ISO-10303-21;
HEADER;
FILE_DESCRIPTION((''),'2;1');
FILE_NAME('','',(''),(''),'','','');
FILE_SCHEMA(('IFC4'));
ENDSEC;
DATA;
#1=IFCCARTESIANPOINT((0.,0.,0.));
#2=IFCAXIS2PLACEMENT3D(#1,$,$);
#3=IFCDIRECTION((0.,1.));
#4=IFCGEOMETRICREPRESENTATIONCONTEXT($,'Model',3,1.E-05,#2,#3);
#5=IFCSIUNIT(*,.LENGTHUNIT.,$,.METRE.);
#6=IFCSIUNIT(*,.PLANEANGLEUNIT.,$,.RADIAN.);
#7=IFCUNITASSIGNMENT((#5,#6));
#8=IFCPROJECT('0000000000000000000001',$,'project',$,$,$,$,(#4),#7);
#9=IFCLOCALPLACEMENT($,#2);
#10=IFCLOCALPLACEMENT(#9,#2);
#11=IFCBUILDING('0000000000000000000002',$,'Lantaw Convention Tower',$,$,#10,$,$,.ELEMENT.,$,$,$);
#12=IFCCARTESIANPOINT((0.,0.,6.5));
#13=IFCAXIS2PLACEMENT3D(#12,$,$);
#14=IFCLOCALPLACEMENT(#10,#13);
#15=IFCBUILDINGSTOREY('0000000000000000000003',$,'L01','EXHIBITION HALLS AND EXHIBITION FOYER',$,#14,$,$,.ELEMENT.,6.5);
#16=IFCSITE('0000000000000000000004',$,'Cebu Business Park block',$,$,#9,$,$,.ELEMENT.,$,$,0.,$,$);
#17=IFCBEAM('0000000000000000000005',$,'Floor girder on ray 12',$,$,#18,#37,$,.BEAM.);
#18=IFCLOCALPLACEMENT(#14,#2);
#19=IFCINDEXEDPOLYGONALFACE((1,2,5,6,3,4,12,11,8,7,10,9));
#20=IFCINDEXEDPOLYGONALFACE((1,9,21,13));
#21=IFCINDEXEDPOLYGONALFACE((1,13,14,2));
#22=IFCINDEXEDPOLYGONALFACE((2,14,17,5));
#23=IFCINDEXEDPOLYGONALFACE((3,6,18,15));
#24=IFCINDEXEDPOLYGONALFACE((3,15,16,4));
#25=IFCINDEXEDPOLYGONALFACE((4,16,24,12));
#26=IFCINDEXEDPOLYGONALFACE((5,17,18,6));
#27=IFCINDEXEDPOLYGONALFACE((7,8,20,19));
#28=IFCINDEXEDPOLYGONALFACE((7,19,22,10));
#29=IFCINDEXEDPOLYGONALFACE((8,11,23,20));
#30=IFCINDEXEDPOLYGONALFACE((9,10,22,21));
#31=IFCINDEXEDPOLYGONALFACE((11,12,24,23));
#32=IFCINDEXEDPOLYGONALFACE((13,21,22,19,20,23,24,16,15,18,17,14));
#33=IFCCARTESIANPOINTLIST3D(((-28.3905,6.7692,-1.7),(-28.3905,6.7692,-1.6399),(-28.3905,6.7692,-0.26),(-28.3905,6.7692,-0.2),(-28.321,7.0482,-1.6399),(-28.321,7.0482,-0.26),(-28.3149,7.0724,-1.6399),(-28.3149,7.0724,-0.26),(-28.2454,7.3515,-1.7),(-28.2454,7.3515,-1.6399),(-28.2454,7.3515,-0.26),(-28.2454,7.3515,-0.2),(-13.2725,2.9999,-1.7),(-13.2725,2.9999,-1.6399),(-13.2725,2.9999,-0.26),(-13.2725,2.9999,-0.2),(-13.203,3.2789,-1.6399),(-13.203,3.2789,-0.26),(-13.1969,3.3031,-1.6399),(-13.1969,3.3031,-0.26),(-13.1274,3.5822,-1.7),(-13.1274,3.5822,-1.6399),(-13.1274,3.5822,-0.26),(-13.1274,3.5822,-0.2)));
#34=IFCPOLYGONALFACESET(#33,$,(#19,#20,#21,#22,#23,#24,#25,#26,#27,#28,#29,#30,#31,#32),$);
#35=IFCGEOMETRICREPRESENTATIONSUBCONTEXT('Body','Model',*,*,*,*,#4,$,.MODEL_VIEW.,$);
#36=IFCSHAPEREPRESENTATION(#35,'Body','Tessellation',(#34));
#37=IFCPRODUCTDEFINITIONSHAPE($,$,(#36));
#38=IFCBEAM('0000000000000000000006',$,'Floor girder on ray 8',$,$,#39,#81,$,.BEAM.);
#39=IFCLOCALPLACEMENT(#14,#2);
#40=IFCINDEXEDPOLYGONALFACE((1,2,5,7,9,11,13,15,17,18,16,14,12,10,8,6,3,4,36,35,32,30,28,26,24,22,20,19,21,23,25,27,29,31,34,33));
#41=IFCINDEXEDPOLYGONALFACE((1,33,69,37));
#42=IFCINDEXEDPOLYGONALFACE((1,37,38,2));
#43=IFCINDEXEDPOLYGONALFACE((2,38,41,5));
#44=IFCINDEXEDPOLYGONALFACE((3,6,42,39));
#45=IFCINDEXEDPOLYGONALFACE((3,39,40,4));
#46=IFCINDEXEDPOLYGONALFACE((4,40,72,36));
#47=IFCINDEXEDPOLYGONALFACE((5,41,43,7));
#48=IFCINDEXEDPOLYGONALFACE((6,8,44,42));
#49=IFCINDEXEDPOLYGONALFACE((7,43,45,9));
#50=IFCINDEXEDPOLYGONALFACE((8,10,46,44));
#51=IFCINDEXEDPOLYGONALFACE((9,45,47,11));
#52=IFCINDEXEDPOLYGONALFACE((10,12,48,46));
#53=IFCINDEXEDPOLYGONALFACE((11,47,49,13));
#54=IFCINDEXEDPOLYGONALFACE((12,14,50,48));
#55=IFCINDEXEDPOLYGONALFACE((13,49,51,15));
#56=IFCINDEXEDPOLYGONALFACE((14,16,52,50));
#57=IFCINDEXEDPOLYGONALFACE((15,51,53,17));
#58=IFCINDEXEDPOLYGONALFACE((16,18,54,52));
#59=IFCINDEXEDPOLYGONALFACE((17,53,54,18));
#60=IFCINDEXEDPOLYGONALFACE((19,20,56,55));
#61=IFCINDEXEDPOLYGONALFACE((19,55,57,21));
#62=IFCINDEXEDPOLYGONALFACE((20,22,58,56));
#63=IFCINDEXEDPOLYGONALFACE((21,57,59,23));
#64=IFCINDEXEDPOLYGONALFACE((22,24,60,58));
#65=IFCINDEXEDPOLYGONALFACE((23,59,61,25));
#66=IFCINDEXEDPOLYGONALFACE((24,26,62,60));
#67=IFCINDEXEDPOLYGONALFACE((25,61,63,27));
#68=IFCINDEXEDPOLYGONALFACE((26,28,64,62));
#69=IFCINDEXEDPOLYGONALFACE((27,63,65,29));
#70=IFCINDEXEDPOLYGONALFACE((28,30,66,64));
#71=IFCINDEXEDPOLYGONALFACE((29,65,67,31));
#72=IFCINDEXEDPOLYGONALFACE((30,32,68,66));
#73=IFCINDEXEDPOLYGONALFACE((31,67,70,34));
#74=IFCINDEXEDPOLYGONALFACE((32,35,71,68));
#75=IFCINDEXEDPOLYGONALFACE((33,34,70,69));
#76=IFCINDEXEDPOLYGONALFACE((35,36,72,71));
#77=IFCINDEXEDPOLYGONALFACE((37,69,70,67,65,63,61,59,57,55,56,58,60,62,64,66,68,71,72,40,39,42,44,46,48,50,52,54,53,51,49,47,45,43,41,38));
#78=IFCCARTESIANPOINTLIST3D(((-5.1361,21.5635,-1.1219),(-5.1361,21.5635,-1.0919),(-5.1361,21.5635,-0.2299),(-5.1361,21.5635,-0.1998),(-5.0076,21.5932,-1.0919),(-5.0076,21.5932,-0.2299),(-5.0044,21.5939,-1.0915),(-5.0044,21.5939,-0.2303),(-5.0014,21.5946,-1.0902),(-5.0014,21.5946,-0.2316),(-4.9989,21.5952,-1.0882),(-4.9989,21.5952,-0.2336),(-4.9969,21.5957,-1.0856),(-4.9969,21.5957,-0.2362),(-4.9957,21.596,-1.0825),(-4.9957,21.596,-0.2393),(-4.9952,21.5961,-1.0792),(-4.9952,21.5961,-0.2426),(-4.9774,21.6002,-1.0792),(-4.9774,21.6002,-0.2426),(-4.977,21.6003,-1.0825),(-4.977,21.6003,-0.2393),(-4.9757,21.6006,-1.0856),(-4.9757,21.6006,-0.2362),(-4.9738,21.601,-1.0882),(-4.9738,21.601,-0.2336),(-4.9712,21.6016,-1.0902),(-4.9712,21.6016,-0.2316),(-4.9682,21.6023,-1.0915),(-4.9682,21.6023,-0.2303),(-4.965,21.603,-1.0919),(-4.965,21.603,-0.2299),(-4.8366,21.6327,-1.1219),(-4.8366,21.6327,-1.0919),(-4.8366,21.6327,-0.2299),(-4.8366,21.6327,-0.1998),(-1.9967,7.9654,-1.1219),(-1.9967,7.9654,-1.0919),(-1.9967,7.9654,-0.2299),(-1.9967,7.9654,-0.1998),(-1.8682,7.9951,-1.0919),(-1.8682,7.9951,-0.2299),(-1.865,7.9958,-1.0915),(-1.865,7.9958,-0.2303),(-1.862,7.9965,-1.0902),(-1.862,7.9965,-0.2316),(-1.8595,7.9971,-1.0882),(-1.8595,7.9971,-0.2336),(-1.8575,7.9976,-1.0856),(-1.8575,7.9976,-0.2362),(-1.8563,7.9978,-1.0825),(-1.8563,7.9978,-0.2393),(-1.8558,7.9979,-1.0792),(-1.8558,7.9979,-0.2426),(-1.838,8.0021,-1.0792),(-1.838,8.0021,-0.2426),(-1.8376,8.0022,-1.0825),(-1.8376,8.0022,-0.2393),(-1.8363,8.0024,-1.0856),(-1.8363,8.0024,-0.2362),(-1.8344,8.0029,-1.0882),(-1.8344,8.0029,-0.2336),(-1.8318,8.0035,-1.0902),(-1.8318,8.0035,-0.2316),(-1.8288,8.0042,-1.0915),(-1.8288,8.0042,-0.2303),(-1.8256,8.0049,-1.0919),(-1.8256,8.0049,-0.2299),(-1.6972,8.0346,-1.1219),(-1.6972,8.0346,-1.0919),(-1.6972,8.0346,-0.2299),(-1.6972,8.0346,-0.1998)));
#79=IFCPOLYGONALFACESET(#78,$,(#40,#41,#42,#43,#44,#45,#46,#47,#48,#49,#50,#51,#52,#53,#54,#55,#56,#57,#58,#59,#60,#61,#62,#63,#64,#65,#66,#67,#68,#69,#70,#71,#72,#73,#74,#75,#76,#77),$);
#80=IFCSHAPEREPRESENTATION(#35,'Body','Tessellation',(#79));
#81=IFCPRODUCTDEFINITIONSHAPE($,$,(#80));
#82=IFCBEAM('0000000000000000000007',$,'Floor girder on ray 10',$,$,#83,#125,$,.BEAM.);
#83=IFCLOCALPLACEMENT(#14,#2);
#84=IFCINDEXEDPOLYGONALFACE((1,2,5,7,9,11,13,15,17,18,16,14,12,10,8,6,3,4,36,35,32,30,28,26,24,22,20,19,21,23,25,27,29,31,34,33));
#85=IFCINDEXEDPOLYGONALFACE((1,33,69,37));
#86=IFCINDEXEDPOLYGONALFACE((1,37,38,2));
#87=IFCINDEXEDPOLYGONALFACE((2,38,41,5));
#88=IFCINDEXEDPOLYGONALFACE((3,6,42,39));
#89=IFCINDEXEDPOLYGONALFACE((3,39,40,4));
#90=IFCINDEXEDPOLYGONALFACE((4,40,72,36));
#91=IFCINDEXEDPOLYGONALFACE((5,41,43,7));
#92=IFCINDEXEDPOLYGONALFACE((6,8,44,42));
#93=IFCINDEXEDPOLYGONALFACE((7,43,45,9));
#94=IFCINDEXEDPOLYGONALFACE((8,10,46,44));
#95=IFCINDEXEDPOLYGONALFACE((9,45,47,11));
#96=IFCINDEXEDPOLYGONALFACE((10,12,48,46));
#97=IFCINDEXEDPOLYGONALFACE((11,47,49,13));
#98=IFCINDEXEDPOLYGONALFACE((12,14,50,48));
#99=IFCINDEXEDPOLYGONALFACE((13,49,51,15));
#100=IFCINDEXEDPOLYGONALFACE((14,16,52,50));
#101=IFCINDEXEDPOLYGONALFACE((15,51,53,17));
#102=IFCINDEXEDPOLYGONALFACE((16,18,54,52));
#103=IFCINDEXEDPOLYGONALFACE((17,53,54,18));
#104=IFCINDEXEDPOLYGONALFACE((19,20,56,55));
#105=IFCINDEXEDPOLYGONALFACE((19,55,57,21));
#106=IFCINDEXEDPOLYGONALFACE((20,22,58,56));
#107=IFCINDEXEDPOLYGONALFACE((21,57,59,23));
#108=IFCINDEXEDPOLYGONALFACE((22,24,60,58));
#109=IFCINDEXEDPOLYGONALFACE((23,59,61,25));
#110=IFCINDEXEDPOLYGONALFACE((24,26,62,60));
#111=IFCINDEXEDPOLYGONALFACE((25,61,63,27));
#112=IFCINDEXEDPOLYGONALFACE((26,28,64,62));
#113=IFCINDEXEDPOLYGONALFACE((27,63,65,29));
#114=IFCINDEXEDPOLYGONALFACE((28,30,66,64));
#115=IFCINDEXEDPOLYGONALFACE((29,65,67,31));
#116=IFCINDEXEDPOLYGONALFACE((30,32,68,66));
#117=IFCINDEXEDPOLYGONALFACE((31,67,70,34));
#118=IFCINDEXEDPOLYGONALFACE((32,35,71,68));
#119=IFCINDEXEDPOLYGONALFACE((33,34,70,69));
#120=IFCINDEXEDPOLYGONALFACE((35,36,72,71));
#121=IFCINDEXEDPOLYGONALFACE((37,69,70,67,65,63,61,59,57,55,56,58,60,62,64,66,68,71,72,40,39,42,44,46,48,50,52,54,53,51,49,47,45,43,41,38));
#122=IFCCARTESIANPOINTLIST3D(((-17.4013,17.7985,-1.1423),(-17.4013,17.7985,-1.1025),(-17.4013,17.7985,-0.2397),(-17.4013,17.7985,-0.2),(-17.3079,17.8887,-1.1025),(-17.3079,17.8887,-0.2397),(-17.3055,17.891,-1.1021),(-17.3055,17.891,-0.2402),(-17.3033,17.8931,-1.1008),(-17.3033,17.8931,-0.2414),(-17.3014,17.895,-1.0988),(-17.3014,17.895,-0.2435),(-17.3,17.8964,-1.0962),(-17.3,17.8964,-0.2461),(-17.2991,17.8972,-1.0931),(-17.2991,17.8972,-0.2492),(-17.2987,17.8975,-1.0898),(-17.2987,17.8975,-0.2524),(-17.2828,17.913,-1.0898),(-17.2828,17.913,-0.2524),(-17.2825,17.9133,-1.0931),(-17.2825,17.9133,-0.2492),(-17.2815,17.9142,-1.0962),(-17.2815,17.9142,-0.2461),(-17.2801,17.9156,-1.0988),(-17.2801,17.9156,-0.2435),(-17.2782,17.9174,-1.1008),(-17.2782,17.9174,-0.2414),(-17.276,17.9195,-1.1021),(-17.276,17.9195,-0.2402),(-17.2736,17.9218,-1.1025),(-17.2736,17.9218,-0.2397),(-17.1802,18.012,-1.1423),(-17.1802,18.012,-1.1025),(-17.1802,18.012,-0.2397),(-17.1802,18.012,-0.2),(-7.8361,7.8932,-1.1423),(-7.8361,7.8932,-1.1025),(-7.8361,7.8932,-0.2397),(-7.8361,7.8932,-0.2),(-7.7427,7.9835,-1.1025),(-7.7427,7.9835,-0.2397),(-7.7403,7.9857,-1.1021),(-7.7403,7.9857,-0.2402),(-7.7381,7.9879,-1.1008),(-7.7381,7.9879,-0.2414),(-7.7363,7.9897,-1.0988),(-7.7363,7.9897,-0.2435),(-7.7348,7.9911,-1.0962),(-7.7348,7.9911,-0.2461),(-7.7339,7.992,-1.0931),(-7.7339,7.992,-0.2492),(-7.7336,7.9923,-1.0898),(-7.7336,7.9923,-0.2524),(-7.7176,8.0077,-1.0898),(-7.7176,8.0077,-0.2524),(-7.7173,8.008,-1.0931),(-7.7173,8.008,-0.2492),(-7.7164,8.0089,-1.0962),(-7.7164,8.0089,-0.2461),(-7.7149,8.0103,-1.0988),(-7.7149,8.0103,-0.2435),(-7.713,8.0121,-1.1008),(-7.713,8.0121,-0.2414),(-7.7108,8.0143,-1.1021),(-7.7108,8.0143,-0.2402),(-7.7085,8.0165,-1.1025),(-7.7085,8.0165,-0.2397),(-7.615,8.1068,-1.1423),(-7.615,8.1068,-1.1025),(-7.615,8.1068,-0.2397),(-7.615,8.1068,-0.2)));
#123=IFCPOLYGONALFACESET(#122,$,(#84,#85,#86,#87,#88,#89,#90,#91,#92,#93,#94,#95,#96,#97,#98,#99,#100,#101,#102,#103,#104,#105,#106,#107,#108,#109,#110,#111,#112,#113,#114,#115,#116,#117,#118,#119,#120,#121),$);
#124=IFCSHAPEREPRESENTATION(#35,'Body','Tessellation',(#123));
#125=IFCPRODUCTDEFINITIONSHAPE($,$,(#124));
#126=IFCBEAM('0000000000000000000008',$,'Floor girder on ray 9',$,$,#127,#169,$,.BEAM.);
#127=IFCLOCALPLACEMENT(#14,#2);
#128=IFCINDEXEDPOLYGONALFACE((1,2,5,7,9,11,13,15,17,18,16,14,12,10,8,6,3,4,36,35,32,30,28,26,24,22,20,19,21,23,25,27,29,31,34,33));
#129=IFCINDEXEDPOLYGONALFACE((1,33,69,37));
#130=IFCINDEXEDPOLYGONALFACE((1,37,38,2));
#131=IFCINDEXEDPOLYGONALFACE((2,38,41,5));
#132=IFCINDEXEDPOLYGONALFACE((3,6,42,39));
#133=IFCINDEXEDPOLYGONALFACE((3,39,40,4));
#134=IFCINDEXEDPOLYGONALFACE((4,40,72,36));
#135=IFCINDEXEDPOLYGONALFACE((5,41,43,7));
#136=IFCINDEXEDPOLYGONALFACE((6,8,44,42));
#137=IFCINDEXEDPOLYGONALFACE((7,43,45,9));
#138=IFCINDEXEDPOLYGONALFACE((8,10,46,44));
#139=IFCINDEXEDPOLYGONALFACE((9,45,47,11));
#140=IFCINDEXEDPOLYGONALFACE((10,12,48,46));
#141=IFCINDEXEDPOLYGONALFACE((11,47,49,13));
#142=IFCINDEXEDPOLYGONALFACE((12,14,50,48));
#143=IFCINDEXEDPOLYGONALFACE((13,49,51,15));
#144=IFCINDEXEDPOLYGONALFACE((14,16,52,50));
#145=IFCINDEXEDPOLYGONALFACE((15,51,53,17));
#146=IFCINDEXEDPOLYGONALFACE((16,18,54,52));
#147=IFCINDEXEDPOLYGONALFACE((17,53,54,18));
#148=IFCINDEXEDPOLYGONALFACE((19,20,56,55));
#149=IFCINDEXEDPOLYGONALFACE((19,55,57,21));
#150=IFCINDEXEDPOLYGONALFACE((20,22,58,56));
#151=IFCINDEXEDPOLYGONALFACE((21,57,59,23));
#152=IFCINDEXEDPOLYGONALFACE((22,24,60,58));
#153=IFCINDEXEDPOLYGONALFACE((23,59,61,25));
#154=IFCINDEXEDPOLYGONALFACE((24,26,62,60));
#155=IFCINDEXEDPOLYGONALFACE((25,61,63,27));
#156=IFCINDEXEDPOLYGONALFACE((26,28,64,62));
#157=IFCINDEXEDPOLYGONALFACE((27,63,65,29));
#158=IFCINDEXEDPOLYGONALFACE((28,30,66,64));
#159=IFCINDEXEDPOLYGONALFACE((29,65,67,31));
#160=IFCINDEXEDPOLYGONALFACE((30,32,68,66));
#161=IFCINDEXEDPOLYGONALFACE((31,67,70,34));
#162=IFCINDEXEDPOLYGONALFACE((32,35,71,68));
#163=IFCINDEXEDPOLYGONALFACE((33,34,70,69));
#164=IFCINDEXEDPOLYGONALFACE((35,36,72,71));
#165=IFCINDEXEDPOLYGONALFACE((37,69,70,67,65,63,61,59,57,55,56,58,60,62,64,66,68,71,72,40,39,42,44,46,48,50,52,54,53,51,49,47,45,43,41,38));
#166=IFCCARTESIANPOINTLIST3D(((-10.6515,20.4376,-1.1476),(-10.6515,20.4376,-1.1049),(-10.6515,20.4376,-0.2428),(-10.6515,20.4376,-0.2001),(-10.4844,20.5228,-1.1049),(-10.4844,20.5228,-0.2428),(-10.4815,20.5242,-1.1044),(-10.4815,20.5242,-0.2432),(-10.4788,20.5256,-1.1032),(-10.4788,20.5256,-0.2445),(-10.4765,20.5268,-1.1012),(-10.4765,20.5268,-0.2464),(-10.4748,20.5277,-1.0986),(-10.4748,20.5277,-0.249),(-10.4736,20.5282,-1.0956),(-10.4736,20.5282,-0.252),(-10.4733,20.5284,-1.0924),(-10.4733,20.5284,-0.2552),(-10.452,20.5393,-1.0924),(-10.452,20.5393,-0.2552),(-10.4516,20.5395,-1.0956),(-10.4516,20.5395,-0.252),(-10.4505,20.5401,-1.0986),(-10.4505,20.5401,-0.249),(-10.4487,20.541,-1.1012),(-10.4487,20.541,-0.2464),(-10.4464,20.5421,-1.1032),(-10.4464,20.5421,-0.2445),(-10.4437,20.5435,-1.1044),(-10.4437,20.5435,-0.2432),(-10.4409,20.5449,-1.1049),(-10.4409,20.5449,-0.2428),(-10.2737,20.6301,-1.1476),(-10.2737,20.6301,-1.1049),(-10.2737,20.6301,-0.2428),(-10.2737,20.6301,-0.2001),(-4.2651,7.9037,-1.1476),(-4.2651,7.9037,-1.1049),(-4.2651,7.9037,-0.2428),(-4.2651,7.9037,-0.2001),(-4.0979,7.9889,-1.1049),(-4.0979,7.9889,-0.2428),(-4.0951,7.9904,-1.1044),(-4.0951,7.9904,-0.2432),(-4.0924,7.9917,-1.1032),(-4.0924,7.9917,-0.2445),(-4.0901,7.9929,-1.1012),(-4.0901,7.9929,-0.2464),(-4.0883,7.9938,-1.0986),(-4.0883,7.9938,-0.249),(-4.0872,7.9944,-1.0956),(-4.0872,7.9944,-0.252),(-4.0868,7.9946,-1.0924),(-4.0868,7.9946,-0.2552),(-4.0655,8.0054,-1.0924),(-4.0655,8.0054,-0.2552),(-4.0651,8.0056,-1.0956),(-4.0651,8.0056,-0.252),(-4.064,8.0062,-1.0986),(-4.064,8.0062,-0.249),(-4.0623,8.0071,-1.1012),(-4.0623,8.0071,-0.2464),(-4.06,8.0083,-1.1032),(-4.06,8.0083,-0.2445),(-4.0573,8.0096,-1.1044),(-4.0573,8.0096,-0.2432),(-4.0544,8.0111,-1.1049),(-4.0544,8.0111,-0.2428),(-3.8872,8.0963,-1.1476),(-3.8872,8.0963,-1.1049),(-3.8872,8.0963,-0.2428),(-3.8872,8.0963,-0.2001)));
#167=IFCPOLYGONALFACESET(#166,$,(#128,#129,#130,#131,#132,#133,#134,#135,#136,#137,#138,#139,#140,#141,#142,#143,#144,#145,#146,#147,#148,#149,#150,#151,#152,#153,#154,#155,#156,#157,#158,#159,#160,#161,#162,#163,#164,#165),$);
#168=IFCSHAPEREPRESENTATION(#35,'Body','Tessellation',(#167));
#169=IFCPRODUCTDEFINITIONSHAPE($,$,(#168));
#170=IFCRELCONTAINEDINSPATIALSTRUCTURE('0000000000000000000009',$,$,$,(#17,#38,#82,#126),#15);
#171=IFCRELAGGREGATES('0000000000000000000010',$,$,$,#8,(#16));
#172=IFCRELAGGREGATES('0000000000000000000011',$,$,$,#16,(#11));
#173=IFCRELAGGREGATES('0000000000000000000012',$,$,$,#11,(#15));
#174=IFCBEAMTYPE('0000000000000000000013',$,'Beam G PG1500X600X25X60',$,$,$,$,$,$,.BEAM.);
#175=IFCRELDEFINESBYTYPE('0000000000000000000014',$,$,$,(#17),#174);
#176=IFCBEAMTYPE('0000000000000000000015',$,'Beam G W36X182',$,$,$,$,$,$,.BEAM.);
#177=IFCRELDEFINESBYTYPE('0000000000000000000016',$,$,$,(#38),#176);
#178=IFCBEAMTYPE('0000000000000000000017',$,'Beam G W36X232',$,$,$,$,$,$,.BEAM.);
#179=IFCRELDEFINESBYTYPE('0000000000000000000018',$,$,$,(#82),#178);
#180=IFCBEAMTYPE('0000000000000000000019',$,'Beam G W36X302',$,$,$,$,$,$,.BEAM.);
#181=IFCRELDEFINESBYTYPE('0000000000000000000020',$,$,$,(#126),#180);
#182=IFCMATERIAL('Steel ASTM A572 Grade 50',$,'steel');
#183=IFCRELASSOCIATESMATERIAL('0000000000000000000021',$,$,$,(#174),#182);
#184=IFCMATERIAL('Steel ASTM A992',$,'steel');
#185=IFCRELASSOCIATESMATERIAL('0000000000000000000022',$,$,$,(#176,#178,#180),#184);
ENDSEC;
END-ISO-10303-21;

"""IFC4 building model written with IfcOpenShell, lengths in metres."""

from ifc_helpers import new_model, si_unit, direction, frame, origin, origin_2d, place, context, subcontext, project, spatial, i_section, extrude, material, material_profile, profile_set, type_object, element, save


model = new_model("IFC4")

# Units and contexts
model_context = context("Model", 3, precision=1e-05, world=origin(), true_north=direction((0.0, 1.0)))
body_context = subcontext(model_context, "Body", "Model", "MODEL_VIEW")
ifc_project = project(units=[si_unit("LENGTHUNIT", "METRE"), si_unit("PLANEANGLEUNIT", "RADIAN")], contexts=[model_context])

# Site, building, storey
site_placement = place(None, origin())
site = spatial("IfcSite", under=ifc_project, at=site_placement, Name="Cebu Business Park block", CompositionType="ELEMENT", RefElevation=0.0)
building_placement = place(site_placement, origin())
building = spatial("IfcBuilding", under=site, at=building_placement, Name="Lantaw Convention Tower", CompositionType="ELEMENT")
storey_placement = place(building_placement, frame((0.0, 0.0, 6.5)))
storey = spatial("IfcBuildingStorey", under=building, at=storey_placement, Name="L01", Description="EXHIBITION HALLS AND EXHIBITION FOYER", CompositionType="ELEMENT", Elevation=6.5)

# Beams
ifc_material_1 = material(Name="Steel ASTM A572 Grade 50", Category="steel")
ifc_material_profile_1 = material_profile(ifc_material_1, i_section(OverallWidth=0.6001, OverallDepth=1.5, WebThickness=0.0249, FlangeThickness=0.0601, at=origin_2d()), Name="PG1500X600X25X60")
ifc_profile_set_1 = profile_set([ifc_material_profile_1], Name="Steel ASTM A572 Grade 50")
beam_type_1 = type_object("IfcBeamType", Name="Beam G PG1500X600X25X60", PredefinedType="BEAM", material=ifc_profile_set_1)
beam_1_placement = place(storey_placement, frame((-13.2, 3.291, -0.95), z_axis=(-0.970296, 0.24192, 0.0), x_axis=(-0.24192, -0.970296, 0.0)))
element("IfcBeam", 1, at=beam_1_placement, inside=storey, type_object=beam_type_1, Name="Floor girder on ray 12", PredefinedType="BEAM", context=body_context, shape_type="SweptSolid", body=[
    extrude(i_section(OverallWidth=0.6001, OverallDepth=1.5, WebThickness=0.0249, FlangeThickness=0.0601, at=origin_2d()), origin(), (0.0, 0.0, 1.0), 15.5808),
])
ifc_material_2 = material(Name="Steel ASTM A992", Category="steel")
ifc_material_profile_2 = material_profile(ifc_material_2, i_section(OverallWidth=0.3074, OverallDepth=0.9221, WebThickness=0.0183, FlangeThickness=0.03, FilletRadius=0.0127, at=origin_2d()), Name="W36X182")
ifc_profile_set_2 = profile_set([ifc_material_profile_2], Name="Steel ASTM A992")
beam_type_2 = type_object("IfcBeamType", Name="Beam G W36X182", PredefinedType="BEAM", material=ifc_profile_set_2)
beam_2_placement = place(storey_placement, frame((-1.8469, 8.0, -0.6609), z_axis=(-0.224953, 0.97437, 0.0), x_axis=(-0.97437, -0.224953, 0.0)))
element("IfcBeam", 2, at=beam_2_placement, inside=storey, type_object=beam_type_2, Name="Floor girder on ray 8", PredefinedType="BEAM", context=body_context, shape_type="SweptSolid", body=[
    extrude(i_section(OverallWidth=0.3074, OverallDepth=0.9221, WebThickness=0.0183, FlangeThickness=0.03, FilletRadius=0.0127, at=origin_2d()), origin(), (0.0, 0.0, 1.0), 13.9558),
])
ifc_material_profile_3 = material_profile(ifc_material_2, i_section(OverallWidth=0.3074, OverallDepth=0.9424, WebThickness=0.0222, FlangeThickness=0.0398, FilletRadius=0.0127, at=origin_2d()), Name="W36X232")
ifc_profile_set_3 = profile_set([ifc_material_profile_3], Name="Steel ASTM A992")
beam_type_3 = type_object("IfcBeamType", Name="Beam G W36X232", PredefinedType="BEAM", material=ifc_profile_set_3)
beam_3_placement = place(storey_placement, frame((-7.7256, 8.0, -0.6711), z_axis=(-0.69465, 0.719348, 0.0), x_axis=(-0.719348, -0.69465, 0.0)))
element("IfcBeam", 3, at=beam_3_placement, inside=storey, type_object=beam_type_3, Name="Floor girder on ray 10", PredefinedType="BEAM", context=body_context, shape_type="SweptSolid", body=[
    extrude(i_section(OverallWidth=0.3074, OverallDepth=0.9424, WebThickness=0.0222, FlangeThickness=0.0398, FilletRadius=0.0127, at=origin_2d()), origin(), (0.0, 0.0, 1.0), 13.7698),
])
ifc_material_profile_4 = material_profile(ifc_material_2, i_section(OverallWidth=0.4241, OverallDepth=0.9475, WebThickness=0.0239, FlangeThickness=0.0427, FilletRadius=0.0125, at=origin_2d()), Name="W36X302")
ifc_profile_set_4 = profile_set([ifc_material_profile_4], Name="Steel ASTM A992")
beam_type_4 = type_object("IfcBeamType", Name="Beam G W36X302", PredefinedType="BEAM", material=ifc_profile_set_4)
beam_4_placement = place(storey_placement, frame((-4.0762, 8.0, -0.6738), z_axis=(-0.453997, 0.891003, 0.0), x_axis=(-0.891003, -0.453997, 0.0)))
element("IfcBeam", 4, at=beam_4_placement, inside=storey, type_object=beam_type_4, Name="Floor girder on ray 9", PredefinedType="BEAM", context=body_context, shape_type="SweptSolid", body=[
    extrude(i_section(OverallWidth=0.4241, OverallDepth=0.9475, WebThickness=0.0239, FlangeThickness=0.0427, FilletRadius=0.0125, at=origin_2d()), origin(), (0.0, 0.0, 1.0), 14.0671),
])

save(model, "model.ifc")
